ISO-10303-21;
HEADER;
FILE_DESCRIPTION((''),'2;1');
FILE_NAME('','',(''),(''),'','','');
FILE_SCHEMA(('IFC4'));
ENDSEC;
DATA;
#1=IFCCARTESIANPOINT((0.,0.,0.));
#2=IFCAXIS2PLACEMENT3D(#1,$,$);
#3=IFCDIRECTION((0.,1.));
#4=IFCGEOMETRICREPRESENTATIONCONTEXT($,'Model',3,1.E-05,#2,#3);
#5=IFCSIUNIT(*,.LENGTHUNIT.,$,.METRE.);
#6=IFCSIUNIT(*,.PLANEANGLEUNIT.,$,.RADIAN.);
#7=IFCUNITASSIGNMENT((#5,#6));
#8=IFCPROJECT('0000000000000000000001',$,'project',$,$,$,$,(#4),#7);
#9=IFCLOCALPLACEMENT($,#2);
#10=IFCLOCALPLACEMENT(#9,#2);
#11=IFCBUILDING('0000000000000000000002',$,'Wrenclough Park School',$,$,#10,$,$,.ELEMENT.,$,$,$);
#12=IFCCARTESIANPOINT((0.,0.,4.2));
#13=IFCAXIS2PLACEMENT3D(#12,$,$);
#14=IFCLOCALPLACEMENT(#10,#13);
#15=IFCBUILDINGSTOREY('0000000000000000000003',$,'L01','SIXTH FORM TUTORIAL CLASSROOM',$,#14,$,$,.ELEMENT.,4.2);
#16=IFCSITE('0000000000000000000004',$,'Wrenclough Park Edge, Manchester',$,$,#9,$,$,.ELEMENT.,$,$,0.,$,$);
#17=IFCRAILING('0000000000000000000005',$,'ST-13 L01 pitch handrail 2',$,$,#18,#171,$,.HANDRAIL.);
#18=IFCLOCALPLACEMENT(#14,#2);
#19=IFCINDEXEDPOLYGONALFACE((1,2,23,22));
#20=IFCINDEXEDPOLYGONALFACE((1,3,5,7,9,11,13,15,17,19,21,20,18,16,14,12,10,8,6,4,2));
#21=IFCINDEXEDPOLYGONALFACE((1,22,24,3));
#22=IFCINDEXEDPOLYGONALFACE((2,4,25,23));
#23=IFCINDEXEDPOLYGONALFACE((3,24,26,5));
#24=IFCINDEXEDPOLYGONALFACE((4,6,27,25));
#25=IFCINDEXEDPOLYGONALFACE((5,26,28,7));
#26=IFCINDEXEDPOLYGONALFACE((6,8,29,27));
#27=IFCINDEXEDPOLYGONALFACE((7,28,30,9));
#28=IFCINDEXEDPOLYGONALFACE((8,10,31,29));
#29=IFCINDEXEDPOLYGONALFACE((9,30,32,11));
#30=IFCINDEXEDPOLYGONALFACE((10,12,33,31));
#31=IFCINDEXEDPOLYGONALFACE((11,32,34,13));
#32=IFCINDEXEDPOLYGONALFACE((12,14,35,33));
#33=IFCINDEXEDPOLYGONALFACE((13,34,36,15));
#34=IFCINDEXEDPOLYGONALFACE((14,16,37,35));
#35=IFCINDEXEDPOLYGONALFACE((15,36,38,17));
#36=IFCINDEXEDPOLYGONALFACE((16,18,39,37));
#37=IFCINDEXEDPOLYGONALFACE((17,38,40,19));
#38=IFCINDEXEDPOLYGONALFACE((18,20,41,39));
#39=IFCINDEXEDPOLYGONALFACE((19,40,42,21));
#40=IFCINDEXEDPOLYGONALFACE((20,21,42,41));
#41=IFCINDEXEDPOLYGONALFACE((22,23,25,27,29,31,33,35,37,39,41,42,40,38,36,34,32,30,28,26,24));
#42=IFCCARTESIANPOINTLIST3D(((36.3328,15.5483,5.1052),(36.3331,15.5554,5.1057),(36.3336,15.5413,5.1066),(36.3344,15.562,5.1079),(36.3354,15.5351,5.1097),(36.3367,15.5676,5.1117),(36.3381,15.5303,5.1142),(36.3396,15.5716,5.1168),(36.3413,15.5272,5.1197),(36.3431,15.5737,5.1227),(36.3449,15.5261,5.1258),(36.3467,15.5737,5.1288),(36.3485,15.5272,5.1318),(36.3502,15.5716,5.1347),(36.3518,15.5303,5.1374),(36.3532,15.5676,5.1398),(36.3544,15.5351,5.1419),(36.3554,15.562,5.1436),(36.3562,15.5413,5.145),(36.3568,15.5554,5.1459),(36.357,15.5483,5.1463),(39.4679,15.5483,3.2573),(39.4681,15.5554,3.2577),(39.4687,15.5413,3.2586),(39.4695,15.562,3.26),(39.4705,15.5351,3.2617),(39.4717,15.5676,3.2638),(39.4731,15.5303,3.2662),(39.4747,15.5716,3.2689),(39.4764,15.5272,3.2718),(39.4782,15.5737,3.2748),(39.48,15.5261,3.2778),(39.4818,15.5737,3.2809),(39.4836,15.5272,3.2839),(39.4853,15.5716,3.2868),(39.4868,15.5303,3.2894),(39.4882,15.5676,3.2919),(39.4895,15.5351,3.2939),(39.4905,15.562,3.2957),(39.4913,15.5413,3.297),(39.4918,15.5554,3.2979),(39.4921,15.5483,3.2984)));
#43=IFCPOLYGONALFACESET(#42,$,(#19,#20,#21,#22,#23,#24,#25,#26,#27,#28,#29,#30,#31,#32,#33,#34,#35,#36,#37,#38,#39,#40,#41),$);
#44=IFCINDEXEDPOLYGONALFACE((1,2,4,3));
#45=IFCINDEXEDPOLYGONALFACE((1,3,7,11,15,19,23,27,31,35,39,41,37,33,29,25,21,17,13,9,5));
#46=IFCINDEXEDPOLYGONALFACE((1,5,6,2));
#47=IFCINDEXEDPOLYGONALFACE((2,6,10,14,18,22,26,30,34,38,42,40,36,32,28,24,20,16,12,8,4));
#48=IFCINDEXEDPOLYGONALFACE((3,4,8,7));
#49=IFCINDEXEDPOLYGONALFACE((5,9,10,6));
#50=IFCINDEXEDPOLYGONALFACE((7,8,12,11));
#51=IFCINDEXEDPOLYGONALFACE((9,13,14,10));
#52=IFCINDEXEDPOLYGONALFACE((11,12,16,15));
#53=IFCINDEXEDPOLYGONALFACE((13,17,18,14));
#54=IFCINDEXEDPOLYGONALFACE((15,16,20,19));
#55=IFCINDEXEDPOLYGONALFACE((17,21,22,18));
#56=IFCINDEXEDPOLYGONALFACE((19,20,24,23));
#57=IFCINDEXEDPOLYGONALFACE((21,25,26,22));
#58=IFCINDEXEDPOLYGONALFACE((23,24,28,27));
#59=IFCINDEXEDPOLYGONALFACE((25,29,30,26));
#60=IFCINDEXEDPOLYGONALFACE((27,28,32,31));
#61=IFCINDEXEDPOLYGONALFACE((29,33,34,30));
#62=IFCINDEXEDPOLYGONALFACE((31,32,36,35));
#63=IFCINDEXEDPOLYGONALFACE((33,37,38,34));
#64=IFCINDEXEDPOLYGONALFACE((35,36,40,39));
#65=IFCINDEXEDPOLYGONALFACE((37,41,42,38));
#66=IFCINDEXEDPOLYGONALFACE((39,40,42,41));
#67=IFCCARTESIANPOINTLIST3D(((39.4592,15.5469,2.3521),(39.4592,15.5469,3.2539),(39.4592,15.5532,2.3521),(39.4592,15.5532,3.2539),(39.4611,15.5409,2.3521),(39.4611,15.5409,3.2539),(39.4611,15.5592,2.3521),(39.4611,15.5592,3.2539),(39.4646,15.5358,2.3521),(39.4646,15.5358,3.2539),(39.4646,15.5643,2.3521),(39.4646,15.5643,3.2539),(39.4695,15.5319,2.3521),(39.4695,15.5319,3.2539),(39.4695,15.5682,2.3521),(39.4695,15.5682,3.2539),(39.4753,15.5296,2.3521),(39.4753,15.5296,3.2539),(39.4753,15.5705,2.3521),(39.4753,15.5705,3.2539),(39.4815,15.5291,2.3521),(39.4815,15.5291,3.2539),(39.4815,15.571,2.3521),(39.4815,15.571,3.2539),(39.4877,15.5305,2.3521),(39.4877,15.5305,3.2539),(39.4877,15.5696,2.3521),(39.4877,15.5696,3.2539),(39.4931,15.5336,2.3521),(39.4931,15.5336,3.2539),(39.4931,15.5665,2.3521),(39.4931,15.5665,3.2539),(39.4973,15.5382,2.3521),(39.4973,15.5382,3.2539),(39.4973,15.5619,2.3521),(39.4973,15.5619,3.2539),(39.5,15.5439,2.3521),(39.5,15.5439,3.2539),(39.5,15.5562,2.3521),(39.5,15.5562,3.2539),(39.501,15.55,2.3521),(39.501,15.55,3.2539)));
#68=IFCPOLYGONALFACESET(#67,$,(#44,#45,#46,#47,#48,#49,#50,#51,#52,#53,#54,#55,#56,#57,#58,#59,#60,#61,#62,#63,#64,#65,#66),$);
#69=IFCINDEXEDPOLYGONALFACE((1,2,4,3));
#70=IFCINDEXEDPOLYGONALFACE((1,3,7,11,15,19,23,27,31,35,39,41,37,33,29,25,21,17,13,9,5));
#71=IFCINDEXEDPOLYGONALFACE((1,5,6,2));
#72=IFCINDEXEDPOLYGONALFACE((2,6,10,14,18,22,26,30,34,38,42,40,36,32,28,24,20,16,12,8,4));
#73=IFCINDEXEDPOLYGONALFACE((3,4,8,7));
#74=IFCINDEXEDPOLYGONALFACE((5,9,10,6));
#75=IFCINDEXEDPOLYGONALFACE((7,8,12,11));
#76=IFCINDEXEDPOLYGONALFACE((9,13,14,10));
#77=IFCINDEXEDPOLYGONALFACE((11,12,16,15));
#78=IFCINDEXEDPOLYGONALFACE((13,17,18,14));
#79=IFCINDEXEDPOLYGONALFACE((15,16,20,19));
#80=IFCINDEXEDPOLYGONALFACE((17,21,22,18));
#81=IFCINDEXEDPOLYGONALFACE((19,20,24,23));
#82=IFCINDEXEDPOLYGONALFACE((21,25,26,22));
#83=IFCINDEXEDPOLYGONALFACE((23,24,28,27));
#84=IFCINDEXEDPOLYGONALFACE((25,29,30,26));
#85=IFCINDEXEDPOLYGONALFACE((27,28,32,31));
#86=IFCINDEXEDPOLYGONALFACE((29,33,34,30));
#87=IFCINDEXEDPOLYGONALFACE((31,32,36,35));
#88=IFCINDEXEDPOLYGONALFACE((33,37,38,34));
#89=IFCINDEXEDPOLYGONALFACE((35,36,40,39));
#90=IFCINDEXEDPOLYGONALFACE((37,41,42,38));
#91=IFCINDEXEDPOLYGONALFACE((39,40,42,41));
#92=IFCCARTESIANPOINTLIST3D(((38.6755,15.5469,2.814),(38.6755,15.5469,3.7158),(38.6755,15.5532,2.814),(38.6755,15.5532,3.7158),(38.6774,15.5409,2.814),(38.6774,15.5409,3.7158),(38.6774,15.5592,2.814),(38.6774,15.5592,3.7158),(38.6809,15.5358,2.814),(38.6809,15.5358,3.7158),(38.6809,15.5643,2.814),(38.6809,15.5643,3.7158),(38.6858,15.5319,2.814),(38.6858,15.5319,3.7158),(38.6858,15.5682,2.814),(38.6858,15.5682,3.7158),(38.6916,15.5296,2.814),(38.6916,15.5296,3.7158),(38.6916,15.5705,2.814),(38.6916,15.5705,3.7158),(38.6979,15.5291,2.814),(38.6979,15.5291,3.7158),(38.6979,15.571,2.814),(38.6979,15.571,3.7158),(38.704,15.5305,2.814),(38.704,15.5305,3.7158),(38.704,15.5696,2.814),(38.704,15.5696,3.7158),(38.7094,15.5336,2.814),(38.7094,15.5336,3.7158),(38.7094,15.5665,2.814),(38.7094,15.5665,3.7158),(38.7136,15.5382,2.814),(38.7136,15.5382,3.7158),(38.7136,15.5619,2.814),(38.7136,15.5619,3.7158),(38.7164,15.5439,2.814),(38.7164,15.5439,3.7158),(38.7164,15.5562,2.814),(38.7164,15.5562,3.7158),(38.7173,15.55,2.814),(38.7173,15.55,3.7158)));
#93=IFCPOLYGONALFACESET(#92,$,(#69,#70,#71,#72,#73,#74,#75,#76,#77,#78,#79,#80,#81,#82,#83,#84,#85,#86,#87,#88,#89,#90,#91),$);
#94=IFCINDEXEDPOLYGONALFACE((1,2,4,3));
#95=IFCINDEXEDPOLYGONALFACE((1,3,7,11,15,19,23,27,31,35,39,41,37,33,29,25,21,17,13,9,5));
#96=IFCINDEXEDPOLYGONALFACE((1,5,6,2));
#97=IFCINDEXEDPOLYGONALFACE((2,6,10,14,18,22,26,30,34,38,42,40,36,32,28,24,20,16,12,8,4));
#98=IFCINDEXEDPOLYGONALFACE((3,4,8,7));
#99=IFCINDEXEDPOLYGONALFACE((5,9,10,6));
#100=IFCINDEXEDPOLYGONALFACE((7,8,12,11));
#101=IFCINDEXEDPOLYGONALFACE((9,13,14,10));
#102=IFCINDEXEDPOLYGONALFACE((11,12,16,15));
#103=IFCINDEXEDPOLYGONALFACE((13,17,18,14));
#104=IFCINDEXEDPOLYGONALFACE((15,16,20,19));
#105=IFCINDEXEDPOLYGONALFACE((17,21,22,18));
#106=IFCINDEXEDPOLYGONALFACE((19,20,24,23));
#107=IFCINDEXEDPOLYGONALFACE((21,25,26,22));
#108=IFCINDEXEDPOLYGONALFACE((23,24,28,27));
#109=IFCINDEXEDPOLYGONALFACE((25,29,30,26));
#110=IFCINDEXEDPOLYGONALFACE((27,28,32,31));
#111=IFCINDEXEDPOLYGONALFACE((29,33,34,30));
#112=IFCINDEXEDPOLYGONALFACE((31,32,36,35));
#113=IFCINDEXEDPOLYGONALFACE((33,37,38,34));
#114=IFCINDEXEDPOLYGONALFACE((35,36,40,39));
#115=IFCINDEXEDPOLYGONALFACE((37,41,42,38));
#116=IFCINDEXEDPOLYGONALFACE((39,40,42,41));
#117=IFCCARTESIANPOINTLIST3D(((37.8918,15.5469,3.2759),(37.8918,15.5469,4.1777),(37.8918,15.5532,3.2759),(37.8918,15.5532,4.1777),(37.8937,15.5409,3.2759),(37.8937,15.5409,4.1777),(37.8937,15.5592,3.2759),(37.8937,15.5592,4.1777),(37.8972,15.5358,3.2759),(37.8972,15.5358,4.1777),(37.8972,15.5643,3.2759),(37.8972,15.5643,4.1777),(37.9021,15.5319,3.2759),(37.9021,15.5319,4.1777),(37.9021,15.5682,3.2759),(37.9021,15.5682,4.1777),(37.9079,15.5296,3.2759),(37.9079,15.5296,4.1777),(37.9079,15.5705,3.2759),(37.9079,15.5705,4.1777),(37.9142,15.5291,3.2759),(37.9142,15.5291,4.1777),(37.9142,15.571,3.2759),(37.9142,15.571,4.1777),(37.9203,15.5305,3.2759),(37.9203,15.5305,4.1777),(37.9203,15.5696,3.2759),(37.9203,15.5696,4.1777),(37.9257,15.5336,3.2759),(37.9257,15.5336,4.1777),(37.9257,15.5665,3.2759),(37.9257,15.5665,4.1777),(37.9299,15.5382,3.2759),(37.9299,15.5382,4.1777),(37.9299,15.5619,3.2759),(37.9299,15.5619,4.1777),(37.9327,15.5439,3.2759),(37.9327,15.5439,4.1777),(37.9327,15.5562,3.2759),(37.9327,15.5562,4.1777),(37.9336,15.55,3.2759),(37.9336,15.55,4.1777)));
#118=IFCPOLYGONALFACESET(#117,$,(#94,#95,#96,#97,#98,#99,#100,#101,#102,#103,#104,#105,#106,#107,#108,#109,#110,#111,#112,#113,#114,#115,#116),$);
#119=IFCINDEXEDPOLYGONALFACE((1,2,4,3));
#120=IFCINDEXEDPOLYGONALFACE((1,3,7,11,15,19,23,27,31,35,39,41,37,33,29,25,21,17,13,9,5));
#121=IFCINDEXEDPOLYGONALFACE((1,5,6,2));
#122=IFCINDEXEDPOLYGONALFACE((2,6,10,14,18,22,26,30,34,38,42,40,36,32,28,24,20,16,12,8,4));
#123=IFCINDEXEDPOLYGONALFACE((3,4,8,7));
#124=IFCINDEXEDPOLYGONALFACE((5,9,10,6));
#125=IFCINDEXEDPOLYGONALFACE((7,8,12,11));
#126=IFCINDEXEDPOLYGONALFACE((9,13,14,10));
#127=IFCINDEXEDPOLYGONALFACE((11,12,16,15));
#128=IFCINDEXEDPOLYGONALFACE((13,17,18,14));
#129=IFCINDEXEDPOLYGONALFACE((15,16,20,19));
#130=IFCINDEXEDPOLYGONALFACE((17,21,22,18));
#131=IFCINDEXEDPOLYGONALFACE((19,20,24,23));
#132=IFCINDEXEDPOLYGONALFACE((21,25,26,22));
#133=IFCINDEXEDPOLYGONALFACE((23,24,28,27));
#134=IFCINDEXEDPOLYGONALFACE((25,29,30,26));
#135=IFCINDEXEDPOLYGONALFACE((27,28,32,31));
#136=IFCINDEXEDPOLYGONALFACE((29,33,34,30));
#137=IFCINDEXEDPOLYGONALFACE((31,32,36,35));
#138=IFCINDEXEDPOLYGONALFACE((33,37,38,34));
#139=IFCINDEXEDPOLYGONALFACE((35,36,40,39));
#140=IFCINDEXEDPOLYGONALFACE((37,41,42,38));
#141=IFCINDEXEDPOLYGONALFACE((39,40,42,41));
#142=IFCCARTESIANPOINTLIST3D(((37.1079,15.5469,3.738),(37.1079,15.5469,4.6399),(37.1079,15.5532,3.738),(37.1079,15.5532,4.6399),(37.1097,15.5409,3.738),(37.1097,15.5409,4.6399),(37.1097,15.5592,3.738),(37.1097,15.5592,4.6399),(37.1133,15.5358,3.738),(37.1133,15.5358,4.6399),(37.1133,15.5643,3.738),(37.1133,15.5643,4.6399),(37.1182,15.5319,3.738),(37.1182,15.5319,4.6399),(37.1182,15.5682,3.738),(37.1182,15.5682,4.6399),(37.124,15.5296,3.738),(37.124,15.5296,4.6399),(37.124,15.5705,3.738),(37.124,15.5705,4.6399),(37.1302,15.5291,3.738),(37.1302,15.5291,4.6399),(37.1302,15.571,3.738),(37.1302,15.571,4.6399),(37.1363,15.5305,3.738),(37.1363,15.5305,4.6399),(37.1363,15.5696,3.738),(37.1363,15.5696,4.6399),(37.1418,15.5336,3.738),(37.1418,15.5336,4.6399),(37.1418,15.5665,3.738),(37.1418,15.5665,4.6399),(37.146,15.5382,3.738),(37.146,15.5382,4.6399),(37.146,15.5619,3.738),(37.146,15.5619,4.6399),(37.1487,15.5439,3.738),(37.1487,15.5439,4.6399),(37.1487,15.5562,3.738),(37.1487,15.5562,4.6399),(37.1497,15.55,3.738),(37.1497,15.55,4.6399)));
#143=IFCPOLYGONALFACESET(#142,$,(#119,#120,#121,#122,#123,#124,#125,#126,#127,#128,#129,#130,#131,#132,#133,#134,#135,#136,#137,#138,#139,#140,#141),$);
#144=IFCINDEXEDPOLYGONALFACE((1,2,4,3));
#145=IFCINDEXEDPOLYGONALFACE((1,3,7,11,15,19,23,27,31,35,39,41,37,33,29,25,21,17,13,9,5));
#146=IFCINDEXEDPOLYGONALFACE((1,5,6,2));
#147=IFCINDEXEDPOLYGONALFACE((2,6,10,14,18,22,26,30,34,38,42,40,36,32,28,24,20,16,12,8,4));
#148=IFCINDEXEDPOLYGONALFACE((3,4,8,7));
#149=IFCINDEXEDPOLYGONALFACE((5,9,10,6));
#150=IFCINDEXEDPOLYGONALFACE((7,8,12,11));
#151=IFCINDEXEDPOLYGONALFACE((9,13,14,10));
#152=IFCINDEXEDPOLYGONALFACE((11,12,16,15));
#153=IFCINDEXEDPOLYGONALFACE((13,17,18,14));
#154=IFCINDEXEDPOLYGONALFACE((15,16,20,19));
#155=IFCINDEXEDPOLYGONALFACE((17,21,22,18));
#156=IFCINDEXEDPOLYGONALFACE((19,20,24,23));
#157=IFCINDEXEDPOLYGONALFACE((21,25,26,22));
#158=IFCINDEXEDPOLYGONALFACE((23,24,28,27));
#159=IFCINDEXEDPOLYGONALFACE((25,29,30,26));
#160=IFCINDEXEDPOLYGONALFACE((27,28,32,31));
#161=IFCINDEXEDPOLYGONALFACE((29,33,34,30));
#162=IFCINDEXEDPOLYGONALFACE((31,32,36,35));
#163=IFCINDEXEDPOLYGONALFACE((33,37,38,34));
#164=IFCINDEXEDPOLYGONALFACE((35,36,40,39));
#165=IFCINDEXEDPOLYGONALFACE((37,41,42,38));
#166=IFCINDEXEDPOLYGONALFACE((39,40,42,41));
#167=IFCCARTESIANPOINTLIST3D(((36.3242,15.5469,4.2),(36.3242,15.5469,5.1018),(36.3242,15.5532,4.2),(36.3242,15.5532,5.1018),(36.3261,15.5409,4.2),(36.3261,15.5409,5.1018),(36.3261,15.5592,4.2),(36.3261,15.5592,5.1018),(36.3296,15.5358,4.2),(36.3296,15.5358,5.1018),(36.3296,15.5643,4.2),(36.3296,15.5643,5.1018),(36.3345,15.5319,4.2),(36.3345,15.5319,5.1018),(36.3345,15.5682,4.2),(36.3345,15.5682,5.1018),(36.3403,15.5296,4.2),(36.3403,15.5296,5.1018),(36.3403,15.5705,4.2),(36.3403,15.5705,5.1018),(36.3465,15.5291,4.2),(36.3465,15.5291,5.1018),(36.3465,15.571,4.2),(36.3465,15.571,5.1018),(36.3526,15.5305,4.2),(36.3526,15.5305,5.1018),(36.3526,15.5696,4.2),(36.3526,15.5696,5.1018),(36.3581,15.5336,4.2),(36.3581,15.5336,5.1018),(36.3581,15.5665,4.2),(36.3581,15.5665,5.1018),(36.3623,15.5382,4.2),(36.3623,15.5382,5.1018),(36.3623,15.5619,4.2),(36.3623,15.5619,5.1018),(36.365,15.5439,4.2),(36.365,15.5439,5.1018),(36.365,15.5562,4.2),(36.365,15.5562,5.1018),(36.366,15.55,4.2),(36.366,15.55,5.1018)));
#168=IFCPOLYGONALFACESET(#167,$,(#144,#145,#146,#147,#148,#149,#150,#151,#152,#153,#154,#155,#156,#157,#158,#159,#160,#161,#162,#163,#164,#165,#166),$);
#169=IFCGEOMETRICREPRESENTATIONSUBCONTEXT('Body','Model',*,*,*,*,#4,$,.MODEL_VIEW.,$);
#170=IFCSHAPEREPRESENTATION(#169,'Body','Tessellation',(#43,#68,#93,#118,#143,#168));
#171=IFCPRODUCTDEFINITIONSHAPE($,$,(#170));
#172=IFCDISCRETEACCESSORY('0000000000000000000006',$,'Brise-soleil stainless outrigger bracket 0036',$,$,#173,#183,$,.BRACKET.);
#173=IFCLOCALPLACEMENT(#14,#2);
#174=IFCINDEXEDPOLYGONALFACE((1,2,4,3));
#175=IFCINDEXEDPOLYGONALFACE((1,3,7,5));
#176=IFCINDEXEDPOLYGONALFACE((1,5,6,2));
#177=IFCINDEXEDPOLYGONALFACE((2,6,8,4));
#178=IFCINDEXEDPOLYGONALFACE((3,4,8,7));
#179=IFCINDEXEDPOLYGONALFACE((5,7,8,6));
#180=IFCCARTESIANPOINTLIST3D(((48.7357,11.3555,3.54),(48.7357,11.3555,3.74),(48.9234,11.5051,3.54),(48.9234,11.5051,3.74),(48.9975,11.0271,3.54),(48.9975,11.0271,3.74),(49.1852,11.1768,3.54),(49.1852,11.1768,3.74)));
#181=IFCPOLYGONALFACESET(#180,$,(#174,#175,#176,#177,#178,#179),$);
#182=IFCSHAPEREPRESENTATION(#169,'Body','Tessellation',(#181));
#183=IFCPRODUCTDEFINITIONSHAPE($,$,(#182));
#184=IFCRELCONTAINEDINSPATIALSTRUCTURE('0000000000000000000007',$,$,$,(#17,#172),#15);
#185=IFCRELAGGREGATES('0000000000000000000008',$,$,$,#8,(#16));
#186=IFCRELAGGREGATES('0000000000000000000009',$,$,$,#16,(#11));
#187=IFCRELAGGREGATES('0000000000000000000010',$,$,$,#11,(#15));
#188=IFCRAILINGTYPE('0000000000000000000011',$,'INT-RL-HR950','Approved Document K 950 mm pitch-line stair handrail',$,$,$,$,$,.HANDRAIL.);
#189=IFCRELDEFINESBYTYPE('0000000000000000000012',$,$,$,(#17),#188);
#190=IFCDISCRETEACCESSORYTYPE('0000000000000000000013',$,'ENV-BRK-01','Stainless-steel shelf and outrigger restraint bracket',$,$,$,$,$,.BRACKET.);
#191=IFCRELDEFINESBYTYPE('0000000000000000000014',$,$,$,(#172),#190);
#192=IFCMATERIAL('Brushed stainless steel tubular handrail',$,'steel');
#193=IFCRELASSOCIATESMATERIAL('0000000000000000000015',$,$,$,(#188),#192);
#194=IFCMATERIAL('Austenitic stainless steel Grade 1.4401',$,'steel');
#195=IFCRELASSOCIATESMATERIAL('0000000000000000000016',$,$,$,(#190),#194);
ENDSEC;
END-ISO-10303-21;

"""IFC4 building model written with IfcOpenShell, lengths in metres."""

from ifc_helpers import new_model, si_unit, direction, frame, origin, origin_2d, place, context, subcontext, project, spatial, rectangle, circle, extrude, material, type_object, element, save


model = new_model("IFC4")

# Units and contexts
model_context = context("Model", 3, precision=1e-05, world=origin(), true_north=direction((0.0, 1.0)))
body_context = subcontext(model_context, "Body", "Model", "MODEL_VIEW")
ifc_project = project(units=[si_unit("LENGTHUNIT", "METRE"), si_unit("PLANEANGLEUNIT", "RADIAN")], contexts=[model_context])

# Site, building, storey
site_placement = place(None, origin())
site = spatial("IfcSite", under=ifc_project, at=site_placement, Name="Wrenclough Park Edge, Manchester", CompositionType="ELEMENT", RefElevation=0.0)
building_placement = place(site_placement, origin())
building = spatial("IfcBuilding", under=site, at=building_placement, Name="Wrenclough Park School", CompositionType="ELEMENT")
storey_placement = place(building_placement, frame((0.0, 0.0, 4.2)))
storey = spatial("IfcBuildingStorey", under=building, at=storey_placement, Name="L01", Description="SIXTH FORM TUTORIAL CLASSROOM", CompositionType="ELEMENT", Elevation=4.2)

# Railing
ifc_material_1 = material(Name="Brushed stainless steel tubular handrail", Category="steel")
railing_type_1 = type_object("IfcRailingType", Name="INT-RL-HR950", Description="Approved Document K 950 mm pitch-line stair handrail", PredefinedType="HANDRAIL", material=ifc_material_1)
railing_1_placement = place(storey_placement, frame((39.48, 15.55, 2.3521)))
element("IfcRailing", 1, at=railing_1_placement, inside=storey, type_object=railing_type_1, Name="ST-13 L01 pitch handrail 2", PredefinedType="HANDRAIL", context=body_context, shape_type="SweptSolid", body=[
    extrude(circle(Radius=0.0239, at=origin_2d()), frame((0.0, 0.0, 0.9258), z_axis=(-0.86148, 0.0, 0.507791), x_axis=(0.0, -1.0, 0.0)), (0.0, 0.0, 1.0), 3.6392),
    extrude(circle(Radius=0.021, at=origin_2d()), origin(), (0.0, 0.0, 1.0), 0.9019),
    extrude(circle(Radius=0.021, at=origin_2d()), frame((-0.7837, 0.0, 0.4619)), (0.0, 0.0, 1.0), 0.9019),
    extrude(circle(Radius=0.021, at=origin_2d()), frame((-1.5674, 0.0, 0.9238)), (0.0, 0.0, 1.0), 0.9019),
    extrude(circle(Radius=0.021, at=origin_2d()), frame((-2.3513, 0.0, 1.386)), (0.0, 0.0, 1.0), 0.9019),
    extrude(circle(Radius=0.021, at=origin_2d()), frame((-3.135, 0.0, 1.8479)), (0.0, 0.0, 1.0), 0.9019),
])

# Discrete accessory
ifc_material_2 = material(Name="Austenitic stainless steel Grade 1.4401", Category="steel")
discrete_accessory_type = type_object("IfcDiscreteAccessoryType", Name="ENV-BRK-01", Description="Stainless-steel shelf and outrigger restraint bracket", PredefinedType="BRACKET", material=ifc_material_2)
discrete_accessory_placement = place(storey_placement, frame((48.9604, 11.2661, 3.54), z_axis=(0.0, 0.0, 1.0), x_axis=(0.781833, 0.623488, 0.0)))
element("IfcDiscreteAccessory", 2, at=discrete_accessory_placement, inside=storey, type_object=discrete_accessory_type, Name="Brise-soleil stainless outrigger bracket 0036", PredefinedType="BRACKET", context=body_context, shape_type="SweptSolid", body=[
    extrude(rectangle(XDim=0.24, YDim=0.4199, at=origin_2d()), origin(), (0.0, 0.0, 1.0), 0.2),
])

save(model, "model.ifc")
